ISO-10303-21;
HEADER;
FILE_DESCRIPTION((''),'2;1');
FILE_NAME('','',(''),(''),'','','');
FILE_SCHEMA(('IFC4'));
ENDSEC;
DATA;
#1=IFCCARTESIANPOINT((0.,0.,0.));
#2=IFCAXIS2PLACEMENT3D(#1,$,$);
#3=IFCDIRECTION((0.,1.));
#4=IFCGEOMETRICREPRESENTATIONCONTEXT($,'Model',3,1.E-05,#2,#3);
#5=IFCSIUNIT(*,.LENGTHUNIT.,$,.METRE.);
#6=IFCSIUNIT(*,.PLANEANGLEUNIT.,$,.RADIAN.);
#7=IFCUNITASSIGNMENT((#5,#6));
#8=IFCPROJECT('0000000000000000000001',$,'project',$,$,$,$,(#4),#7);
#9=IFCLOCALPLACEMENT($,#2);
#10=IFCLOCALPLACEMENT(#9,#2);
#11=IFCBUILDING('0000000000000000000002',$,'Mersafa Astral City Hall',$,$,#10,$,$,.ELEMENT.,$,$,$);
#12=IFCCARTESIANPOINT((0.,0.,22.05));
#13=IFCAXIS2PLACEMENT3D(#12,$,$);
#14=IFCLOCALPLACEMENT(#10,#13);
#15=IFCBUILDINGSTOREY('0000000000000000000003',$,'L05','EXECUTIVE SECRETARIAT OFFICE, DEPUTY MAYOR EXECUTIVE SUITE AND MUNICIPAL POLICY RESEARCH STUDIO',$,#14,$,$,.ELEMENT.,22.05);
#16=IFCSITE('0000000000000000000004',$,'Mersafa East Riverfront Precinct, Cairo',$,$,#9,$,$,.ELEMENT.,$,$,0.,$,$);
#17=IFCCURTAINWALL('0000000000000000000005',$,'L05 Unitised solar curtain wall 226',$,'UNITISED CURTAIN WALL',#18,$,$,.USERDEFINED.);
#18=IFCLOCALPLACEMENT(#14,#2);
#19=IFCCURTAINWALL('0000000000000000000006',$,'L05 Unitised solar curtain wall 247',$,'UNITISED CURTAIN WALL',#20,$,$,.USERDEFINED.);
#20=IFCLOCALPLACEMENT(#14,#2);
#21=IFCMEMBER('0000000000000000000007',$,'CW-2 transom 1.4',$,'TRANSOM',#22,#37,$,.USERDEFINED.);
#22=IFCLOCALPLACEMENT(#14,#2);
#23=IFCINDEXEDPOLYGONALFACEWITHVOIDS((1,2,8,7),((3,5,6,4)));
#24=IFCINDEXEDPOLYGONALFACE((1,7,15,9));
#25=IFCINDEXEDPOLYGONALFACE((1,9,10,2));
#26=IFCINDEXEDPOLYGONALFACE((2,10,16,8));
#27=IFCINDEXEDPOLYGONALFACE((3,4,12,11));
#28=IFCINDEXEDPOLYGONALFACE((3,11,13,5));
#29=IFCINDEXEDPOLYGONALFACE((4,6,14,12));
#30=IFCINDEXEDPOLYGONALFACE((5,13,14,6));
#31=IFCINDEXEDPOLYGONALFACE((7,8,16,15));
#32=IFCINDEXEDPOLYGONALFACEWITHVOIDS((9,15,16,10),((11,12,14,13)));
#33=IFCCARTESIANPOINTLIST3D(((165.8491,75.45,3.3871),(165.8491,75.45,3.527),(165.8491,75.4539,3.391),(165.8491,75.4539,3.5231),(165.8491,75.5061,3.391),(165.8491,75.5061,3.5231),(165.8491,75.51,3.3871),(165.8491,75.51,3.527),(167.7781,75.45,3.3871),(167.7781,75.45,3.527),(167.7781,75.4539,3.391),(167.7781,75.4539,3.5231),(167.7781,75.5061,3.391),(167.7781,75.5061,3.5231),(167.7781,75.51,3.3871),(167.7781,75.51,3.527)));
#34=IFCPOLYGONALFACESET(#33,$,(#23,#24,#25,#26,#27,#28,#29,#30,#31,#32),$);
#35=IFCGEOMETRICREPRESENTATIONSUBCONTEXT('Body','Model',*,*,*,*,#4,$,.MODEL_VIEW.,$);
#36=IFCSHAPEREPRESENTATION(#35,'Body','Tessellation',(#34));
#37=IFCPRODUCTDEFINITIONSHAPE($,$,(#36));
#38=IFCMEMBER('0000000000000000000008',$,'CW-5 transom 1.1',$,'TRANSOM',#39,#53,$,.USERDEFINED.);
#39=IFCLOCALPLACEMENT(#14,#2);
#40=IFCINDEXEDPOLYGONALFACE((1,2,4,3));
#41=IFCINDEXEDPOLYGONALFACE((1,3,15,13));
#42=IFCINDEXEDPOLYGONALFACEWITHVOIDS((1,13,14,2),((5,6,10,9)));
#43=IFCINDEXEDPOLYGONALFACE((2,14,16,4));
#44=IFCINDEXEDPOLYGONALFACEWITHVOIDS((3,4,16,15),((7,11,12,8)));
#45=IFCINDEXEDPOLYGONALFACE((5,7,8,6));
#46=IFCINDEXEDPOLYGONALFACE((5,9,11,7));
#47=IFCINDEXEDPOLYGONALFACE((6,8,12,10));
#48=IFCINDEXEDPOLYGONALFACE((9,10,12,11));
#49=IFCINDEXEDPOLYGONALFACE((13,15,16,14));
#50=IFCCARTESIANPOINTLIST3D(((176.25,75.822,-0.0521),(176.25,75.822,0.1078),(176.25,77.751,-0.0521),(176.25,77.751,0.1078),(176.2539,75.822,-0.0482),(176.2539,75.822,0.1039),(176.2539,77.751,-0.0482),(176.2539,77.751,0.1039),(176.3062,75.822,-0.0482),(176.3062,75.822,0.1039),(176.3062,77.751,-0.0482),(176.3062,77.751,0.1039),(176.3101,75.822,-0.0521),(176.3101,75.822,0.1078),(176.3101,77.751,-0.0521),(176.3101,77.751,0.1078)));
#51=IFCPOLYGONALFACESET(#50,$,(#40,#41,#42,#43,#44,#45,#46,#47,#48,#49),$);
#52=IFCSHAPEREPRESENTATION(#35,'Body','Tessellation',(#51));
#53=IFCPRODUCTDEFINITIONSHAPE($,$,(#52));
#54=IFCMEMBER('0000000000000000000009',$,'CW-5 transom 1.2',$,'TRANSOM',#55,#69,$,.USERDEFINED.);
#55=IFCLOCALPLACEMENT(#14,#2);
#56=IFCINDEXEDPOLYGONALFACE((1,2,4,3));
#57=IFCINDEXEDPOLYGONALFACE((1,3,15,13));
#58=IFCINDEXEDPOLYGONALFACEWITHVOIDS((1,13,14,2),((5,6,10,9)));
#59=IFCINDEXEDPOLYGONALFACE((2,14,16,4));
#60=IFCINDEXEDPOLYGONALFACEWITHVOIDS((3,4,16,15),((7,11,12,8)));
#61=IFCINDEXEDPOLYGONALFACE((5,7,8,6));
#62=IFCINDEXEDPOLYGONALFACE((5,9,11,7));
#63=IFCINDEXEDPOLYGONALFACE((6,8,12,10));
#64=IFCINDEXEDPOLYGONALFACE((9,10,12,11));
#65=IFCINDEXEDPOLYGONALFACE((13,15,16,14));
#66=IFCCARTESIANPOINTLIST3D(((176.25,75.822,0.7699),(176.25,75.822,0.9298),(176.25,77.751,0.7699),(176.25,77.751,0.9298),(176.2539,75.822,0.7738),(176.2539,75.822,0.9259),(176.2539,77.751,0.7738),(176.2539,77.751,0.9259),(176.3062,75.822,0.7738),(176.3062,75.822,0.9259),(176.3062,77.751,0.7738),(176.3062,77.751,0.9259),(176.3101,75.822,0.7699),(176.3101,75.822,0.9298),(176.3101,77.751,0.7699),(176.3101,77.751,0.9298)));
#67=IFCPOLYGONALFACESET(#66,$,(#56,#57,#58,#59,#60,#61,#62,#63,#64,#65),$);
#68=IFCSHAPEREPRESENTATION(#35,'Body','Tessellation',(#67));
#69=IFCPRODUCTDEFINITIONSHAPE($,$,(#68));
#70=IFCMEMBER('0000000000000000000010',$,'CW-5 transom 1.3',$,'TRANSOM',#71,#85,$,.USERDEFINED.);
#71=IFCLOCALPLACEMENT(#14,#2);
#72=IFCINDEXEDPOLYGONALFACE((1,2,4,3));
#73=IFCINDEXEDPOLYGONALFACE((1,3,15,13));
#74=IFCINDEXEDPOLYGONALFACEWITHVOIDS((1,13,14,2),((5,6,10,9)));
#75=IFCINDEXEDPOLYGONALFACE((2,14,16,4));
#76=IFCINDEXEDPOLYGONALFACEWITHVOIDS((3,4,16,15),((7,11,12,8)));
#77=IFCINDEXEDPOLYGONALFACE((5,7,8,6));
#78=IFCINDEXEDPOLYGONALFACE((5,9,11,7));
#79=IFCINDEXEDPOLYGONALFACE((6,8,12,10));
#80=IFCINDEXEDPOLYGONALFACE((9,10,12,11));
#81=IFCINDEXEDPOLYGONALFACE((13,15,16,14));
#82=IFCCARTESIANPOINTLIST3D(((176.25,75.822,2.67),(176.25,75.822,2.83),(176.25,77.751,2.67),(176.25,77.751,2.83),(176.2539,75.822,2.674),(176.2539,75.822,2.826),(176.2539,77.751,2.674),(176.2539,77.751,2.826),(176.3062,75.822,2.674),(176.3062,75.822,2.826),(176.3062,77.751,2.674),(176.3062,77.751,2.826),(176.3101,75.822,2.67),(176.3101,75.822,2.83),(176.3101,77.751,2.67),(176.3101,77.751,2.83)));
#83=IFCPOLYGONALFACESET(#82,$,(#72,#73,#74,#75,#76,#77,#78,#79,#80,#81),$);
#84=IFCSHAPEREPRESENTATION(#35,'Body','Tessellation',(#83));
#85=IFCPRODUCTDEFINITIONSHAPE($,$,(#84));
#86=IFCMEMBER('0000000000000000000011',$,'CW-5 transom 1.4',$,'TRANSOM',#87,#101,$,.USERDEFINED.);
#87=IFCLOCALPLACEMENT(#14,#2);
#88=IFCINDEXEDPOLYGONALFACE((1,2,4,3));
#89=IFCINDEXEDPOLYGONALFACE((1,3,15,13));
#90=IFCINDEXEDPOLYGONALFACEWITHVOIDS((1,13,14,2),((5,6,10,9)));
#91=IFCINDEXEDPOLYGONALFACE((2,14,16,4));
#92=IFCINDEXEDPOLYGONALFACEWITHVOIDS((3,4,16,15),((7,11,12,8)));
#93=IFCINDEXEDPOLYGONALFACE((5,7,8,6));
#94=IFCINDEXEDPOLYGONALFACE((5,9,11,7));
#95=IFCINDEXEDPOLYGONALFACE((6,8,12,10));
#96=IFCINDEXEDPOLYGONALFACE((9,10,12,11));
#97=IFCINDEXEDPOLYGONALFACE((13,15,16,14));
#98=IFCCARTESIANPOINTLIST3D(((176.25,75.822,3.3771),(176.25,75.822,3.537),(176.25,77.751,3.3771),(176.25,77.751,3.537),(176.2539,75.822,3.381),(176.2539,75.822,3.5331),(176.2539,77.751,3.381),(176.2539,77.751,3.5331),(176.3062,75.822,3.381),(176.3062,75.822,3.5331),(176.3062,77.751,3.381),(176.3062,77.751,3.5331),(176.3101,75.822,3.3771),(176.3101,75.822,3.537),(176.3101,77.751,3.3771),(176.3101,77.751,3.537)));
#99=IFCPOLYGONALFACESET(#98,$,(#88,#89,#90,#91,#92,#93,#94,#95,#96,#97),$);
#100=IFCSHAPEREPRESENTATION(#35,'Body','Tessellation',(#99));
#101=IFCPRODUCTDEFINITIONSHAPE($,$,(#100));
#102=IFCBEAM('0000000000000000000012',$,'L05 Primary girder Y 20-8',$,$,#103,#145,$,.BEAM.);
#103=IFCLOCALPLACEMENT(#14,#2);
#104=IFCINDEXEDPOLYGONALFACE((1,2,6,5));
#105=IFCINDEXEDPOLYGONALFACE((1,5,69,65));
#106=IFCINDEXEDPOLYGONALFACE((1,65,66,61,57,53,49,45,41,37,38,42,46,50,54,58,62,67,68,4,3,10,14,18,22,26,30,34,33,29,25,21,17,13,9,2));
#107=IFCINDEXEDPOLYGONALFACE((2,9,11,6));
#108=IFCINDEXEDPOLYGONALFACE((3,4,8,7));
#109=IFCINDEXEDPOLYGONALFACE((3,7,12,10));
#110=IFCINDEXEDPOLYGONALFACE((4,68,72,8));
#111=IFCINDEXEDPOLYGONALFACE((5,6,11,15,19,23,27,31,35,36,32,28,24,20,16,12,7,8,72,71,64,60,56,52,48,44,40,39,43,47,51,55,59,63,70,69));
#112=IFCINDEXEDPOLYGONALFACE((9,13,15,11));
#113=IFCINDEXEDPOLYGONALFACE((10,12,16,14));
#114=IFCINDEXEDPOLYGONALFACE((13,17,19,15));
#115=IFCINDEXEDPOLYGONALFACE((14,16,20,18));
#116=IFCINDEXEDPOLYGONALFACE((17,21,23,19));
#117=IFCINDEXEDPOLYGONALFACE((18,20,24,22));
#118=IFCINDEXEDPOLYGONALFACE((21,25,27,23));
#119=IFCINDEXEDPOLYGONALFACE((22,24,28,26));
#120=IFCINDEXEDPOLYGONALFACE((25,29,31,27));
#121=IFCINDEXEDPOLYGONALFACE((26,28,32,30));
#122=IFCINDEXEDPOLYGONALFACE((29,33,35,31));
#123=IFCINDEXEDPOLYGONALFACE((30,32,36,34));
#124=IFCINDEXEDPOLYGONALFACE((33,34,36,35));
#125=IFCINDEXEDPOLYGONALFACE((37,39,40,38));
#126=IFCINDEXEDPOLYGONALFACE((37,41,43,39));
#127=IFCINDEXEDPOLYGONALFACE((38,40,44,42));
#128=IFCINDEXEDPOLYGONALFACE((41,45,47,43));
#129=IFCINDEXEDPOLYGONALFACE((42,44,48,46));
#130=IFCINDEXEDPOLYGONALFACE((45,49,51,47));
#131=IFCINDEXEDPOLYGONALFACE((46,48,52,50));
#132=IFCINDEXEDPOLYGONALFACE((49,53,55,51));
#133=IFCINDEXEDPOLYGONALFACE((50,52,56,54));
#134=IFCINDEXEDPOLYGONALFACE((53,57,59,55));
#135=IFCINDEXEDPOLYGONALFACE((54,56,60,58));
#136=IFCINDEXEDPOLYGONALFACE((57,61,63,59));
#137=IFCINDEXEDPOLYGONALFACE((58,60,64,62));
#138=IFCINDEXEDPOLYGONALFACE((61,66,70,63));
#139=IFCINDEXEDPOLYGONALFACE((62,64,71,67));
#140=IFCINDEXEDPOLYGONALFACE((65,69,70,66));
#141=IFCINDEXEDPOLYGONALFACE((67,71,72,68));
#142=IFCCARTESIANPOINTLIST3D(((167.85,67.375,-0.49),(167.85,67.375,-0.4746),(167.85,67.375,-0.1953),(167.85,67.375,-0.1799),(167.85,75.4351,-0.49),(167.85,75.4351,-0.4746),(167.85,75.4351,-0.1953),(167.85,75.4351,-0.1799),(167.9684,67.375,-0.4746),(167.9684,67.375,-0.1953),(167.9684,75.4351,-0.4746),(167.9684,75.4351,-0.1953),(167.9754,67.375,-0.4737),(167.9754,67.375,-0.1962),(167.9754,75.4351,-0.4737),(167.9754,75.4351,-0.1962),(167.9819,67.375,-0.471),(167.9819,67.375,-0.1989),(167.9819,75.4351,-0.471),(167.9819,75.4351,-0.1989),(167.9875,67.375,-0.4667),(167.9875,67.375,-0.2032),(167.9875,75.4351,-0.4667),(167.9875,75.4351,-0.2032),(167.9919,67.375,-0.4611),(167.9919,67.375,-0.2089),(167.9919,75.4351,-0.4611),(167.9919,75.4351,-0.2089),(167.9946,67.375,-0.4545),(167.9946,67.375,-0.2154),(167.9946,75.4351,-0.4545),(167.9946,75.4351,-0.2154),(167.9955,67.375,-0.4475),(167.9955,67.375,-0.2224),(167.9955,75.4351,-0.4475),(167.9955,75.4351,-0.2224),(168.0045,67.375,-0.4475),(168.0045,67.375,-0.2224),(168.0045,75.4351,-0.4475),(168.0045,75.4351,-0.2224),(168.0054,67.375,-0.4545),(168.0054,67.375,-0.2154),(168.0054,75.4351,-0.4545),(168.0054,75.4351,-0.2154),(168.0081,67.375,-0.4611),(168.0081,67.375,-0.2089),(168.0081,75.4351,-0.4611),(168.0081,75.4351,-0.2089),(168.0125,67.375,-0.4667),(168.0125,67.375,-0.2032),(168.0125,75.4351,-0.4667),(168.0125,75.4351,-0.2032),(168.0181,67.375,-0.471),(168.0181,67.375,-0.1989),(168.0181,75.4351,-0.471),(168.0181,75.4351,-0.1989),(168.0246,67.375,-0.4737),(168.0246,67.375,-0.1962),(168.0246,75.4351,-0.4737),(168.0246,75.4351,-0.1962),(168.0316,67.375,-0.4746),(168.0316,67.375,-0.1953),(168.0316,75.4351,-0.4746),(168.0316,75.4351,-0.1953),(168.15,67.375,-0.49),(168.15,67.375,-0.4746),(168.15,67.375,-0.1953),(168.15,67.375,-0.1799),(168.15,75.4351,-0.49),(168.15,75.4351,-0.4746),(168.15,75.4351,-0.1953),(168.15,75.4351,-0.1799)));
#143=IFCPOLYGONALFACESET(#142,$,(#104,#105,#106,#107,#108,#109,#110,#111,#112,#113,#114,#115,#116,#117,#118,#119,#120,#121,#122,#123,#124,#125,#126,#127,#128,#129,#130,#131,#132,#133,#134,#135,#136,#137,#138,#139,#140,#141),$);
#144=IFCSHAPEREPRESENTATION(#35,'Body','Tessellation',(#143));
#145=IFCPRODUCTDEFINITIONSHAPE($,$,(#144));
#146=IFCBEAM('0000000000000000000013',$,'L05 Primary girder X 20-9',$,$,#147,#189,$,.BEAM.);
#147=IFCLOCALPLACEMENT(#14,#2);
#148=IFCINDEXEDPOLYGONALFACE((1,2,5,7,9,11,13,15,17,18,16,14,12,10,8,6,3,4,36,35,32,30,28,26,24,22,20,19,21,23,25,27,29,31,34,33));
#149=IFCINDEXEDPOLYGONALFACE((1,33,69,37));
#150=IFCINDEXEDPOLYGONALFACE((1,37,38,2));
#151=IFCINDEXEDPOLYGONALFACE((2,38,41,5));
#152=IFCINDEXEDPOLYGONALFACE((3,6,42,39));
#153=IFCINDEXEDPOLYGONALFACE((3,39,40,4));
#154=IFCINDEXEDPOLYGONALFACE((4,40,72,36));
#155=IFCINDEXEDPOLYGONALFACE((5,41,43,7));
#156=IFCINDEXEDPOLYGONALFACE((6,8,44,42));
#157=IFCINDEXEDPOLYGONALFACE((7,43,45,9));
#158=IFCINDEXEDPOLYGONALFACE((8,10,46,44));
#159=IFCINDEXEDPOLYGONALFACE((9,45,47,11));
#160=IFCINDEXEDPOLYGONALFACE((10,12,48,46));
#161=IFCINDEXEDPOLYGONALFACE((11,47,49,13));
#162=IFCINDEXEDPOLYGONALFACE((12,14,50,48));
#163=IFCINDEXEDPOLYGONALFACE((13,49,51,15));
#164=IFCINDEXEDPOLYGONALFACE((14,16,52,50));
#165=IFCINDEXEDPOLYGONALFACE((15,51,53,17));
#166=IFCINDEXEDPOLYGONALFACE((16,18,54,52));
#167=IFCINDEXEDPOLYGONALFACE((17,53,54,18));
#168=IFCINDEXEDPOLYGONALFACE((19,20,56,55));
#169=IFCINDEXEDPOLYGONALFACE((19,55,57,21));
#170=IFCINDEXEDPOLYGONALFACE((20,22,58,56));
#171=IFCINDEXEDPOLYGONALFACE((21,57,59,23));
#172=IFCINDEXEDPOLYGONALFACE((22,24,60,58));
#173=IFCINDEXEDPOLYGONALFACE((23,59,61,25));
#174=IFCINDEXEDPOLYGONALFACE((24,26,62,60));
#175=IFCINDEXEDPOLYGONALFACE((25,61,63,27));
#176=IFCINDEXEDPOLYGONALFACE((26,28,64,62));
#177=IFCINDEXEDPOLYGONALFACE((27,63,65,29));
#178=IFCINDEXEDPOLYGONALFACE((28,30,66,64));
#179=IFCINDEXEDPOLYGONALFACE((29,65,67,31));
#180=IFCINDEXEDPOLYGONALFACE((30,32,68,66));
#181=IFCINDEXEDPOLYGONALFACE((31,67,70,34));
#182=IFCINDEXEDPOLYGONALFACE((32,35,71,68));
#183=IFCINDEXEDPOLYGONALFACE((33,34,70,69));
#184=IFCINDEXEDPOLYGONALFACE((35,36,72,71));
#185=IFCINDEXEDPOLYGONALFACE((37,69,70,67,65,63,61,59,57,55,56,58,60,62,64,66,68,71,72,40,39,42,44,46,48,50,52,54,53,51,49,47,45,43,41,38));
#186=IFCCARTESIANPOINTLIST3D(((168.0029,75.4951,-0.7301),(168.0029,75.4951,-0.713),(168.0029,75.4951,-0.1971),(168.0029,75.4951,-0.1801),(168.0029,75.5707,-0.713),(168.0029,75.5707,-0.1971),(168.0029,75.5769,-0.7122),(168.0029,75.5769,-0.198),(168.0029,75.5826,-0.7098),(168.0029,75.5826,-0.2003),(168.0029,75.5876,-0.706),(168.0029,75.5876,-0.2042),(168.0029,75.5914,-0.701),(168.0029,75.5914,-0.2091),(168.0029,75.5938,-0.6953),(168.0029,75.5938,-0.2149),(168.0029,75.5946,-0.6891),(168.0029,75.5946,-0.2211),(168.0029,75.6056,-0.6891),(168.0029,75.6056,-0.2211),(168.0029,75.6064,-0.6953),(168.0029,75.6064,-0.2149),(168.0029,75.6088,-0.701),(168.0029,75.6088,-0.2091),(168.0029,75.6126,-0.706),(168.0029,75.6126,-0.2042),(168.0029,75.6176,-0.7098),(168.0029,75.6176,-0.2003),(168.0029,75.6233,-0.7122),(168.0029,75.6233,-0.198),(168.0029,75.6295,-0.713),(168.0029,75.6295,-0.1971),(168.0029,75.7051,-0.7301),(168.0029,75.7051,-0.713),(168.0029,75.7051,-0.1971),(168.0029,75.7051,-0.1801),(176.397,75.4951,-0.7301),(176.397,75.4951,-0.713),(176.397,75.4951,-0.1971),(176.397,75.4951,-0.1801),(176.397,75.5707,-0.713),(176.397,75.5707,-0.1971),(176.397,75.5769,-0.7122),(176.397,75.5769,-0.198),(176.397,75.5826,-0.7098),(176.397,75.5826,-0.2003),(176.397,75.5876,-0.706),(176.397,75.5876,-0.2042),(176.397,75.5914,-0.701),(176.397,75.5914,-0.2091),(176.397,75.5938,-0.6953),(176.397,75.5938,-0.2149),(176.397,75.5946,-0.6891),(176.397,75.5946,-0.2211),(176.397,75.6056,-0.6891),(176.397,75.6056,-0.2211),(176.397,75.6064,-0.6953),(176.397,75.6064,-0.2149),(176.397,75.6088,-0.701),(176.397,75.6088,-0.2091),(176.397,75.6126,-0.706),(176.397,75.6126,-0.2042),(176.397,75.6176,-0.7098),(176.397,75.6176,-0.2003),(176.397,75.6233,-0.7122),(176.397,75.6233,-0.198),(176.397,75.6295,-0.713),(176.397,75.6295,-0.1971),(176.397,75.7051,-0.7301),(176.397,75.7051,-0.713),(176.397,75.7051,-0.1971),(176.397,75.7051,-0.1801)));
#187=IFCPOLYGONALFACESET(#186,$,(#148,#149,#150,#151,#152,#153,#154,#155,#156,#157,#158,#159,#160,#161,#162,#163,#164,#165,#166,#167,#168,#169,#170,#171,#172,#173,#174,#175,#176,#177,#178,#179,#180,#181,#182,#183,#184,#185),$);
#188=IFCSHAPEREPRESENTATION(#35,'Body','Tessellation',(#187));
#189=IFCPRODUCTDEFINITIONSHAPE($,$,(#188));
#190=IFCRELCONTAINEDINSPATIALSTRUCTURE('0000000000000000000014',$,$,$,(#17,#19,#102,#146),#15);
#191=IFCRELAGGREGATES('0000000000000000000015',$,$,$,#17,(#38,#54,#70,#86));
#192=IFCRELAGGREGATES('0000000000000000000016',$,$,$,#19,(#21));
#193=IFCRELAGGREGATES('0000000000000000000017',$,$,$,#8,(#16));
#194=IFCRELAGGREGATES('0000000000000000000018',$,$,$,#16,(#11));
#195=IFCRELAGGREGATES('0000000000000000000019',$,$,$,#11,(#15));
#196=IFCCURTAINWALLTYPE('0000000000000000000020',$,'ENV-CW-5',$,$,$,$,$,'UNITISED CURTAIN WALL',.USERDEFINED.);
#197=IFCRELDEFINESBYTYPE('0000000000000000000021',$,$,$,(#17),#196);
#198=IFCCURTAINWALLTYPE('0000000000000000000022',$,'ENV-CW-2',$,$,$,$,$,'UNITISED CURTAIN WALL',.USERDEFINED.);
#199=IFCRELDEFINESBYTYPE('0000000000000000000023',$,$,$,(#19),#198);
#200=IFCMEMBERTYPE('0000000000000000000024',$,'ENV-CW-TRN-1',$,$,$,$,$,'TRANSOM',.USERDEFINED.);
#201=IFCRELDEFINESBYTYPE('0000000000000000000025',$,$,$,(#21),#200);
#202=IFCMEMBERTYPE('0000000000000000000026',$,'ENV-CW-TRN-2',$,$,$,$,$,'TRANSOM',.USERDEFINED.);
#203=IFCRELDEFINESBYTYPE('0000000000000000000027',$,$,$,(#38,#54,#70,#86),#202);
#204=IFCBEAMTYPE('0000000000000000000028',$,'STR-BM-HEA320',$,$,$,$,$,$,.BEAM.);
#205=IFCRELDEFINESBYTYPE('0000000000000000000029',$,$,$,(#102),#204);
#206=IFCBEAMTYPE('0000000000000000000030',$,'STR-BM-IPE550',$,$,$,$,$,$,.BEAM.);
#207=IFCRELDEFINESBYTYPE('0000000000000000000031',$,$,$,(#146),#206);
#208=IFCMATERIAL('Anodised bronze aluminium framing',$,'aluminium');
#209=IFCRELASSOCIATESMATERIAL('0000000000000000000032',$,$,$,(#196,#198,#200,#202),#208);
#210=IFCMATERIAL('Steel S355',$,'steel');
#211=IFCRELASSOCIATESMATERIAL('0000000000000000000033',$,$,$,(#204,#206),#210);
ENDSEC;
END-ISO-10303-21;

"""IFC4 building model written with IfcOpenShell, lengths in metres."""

from ifc_helpers import new_model, si_unit, direction, frame, origin, origin_2d, place, context, subcontext, project, spatial, hollow_rectangle, i_section, extrude, material, material_profile, profile_set, type_object, element, aggregate, save


model = new_model("IFC4")

# Units and contexts
model_context = context("Model", 3, precision=1e-05, world=origin(), true_north=direction((0.0, 1.0)))
body_context = subcontext(model_context, "Body", "Model", "MODEL_VIEW")
ifc_project = project(units=[si_unit("LENGTHUNIT", "METRE"), si_unit("PLANEANGLEUNIT", "RADIAN")], contexts=[model_context])

# Site, building, storey
site_placement = place(None, origin())
site = spatial("IfcSite", under=ifc_project, at=site_placement, Name="Mersafa East Riverfront Precinct, Cairo", CompositionType="ELEMENT", RefElevation=0.0)
building_placement = place(site_placement, origin())
building = spatial("IfcBuilding", under=site, at=building_placement, Name="Mersafa Astral City Hall", CompositionType="ELEMENT")
storey_placement = place(building_placement, frame((0.0, 0.0, 22.05)))
storey = spatial("IfcBuildingStorey", under=building, at=storey_placement, Name="L05", Description="EXECUTIVE SECRETARIAT OFFICE, DEPUTY MAYOR EXECUTIVE SUITE AND MUNICIPAL POLICY RESEARCH STUDIO", CompositionType="ELEMENT", Elevation=22.05)

# Shared definitions
ifc_material_1 = material(Name="Steel S355", Category="steel")

# Curtain wall
ifc_material_2 = material(Name="Anodised bronze aluminium framing", Category="aluminium")
curtain_wall_type_1 = type_object("IfcCurtainWallType", Name="ENV-CW-5", ElementType="UNITISED CURTAIN WALL", PredefinedType="USERDEFINED", material=ifc_material_2)
curtain_wall_1_placement = place(storey_placement, origin())
curtain_wall_1 = element("IfcCurtainWall", 1, at=curtain_wall_1_placement, inside=storey, type_object=curtain_wall_type_1, Name="L05 Unitised solar curtain wall 226", ObjectType="UNITISED CURTAIN WALL", PredefinedType="USERDEFINED")

# Curtain wall, member
curtain_wall_type_2 = type_object("IfcCurtainWallType", Name="ENV-CW-2", ElementType="UNITISED CURTAIN WALL", PredefinedType="USERDEFINED", material=ifc_material_2)
curtain_wall_2_placement = place(storey_placement, origin())
curtain_wall_2 = element("IfcCurtainWall", 2, at=curtain_wall_2_placement, inside=storey, type_object=curtain_wall_type_2, Name="L05 Unitised solar curtain wall 247", ObjectType="UNITISED CURTAIN WALL", PredefinedType="USERDEFINED")
ifc_material_profile_1 = material_profile(ifc_material_2, hollow_rectangle(XDim=0.0601, YDim=0.1399, WallThickness=0.0039, at=origin_2d()), Name="RHS 60x140x4")
ifc_profile_set_1 = profile_set([ifc_material_profile_1], Name="Anodised bronze aluminium framing")
member_type_1 = type_object("IfcMemberType", Name="ENV-CW-TRN-1", ElementType="TRANSOM", PredefinedType="USERDEFINED", material=ifc_profile_set_1)
member_1_placement = place(storey_placement, frame((167.7781, 75.48, 3.457), z_axis=(-1.0, 0.0, 0.0), x_axis=(0.0, -1.0, 0.0)))
member_1 = element("IfcMember", 3, at=member_1_placement, type_object=member_type_1, Name="CW-2 transom 1.4", ObjectType="TRANSOM", PredefinedType="USERDEFINED", context=body_context, shape_type="SweptSolid", body=[
    extrude(hollow_rectangle(XDim=0.0601, YDim=0.1399, WallThickness=0.0039, at=origin_2d()), origin(), (0.0, 0.0, 1.0), 1.929),
])

# Members
ifc_material_profile_2 = material_profile(ifc_material_2, hollow_rectangle(XDim=0.0601, YDim=0.1599, WallThickness=0.0039, at=origin_2d()), Name="RHS 60x160x4")
ifc_profile_set_2 = profile_set([ifc_material_profile_2], Name="Anodised bronze aluminium framing")
member_type_2 = type_object("IfcMemberType", Name="ENV-CW-TRN-2", ElementType="TRANSOM", PredefinedType="USERDEFINED", material=ifc_profile_set_2)
member_2_placement = place(storey_placement, frame((176.28, 75.822, 0.0278), z_axis=(0.0, 1.0, 0.0), x_axis=(-1.0, 0.0, 0.0)))
member_2 = element("IfcMember", 4, at=member_2_placement, type_object=member_type_2, Name="CW-5 transom 1.1", ObjectType="TRANSOM", PredefinedType="USERDEFINED", context=body_context, shape_type="SweptSolid", body=[
    extrude(hollow_rectangle(XDim=0.0601, YDim=0.1599, WallThickness=0.0039, at=origin_2d()), origin(), (0.0, 0.0, 1.0), 1.929),
])
member_3_placement = place(storey_placement, frame((176.28, 75.822, 0.8499), z_axis=(0.0, 1.0, 0.0), x_axis=(-1.0, 0.0, 0.0)))
member_3 = element("IfcMember", 5, at=member_3_placement, type_object=member_type_2, Name="CW-5 transom 1.2", ObjectType="TRANSOM", PredefinedType="USERDEFINED", context=body_context, shape_type="SweptSolid", body=[
    extrude(hollow_rectangle(XDim=0.0601, YDim=0.1599, WallThickness=0.0039, at=origin_2d()), origin(), (0.0, 0.0, 1.0), 1.929),
])
member_4_placement = place(storey_placement, frame((176.28, 75.822, 2.75), z_axis=(0.0, 1.0, 0.0), x_axis=(-1.0, 0.0, 0.0)))
member_4 = element("IfcMember", 6, at=member_4_placement, type_object=member_type_2, Name="CW-5 transom 1.3", ObjectType="TRANSOM", PredefinedType="USERDEFINED", context=body_context, shape_type="SweptSolid", body=[
    extrude(hollow_rectangle(XDim=0.0601, YDim=0.1599, WallThickness=0.0039, at=origin_2d()), origin(), (0.0, 0.0, 1.0), 1.929),
])
member_5_placement = place(storey_placement, frame((176.28, 75.822, 3.457), z_axis=(0.0, 1.0, 0.0), x_axis=(-1.0, 0.0, 0.0)))
member_5 = element("IfcMember", 7, at=member_5_placement, type_object=member_type_2, Name="CW-5 transom 1.4", ObjectType="TRANSOM", PredefinedType="USERDEFINED", context=body_context, shape_type="SweptSolid", body=[
    extrude(hollow_rectangle(XDim=0.0601, YDim=0.1599, WallThickness=0.0039, at=origin_2d()), origin(), (0.0, 0.0, 1.0), 1.929),
])

# Beams
ifc_material_profile_3 = material_profile(ifc_material_1, i_section(OverallWidth=0.3, OverallDepth=0.3101, WebThickness=0.009, FlangeThickness=0.0154, FilletRadius=0.0271, at=origin_2d()), Name="HEA 320")
ifc_profile_set_3 = profile_set([ifc_material_profile_3], Name="Steel S355")
beam_type_1 = type_object("IfcBeamType", Name="STR-BM-HEA320", PredefinedType="BEAM", material=ifc_profile_set_3)
beam_1_placement = place(storey_placement, frame((168.0, 67.375, -0.335), z_axis=(0.0, 1.0, 0.0), x_axis=(-1.0, 0.0, 0.0)))
element("IfcBeam", 8, at=beam_1_placement, inside=storey, type_object=beam_type_1, Name="L05 Primary girder Y 20-8", PredefinedType="BEAM", context=body_context, shape_type="SweptSolid", body=[
    extrude(i_section(OverallWidth=0.3, OverallDepth=0.3101, WebThickness=0.009, FlangeThickness=0.0154, FilletRadius=0.0271, at=origin_2d()), origin(), (0.0, 0.0, 1.0), 8.0601),
])
ifc_material_profile_4 = material_profile(ifc_material_1, i_section(OverallWidth=0.21, OverallDepth=0.55, WebThickness=0.011, FlangeThickness=0.0171, FilletRadius=0.0239, at=origin_2d()), Name="IPE 550")
ifc_profile_set_4 = profile_set([ifc_material_profile_4], Name="Steel S355")
beam_type_2 = type_object("IfcBeamType", Name="STR-BM-IPE550", PredefinedType="BEAM", material=ifc_profile_set_4)
beam_2_placement = place(storey_placement, frame((168.0029, 75.6001, -0.4551), z_axis=(1.0, 0.0, 0.0), x_axis=(0.0, 1.0, 0.0)))
element("IfcBeam", 9, at=beam_2_placement, inside=storey, type_object=beam_type_2, Name="L05 Primary girder X 20-9", PredefinedType="BEAM", context=body_context, shape_type="SweptSolid", body=[
    extrude(i_section(OverallWidth=0.21, OverallDepth=0.55, WebThickness=0.011, FlangeThickness=0.0171, FilletRadius=0.0239, at=origin_2d()), origin(), (0.0, 0.0, 1.0), 8.394),
])

aggregate(curtain_wall_1, [member_2, member_3, member_4, member_5])
aggregate(curtain_wall_2, [member_1])

save(model, "model.ifc")
